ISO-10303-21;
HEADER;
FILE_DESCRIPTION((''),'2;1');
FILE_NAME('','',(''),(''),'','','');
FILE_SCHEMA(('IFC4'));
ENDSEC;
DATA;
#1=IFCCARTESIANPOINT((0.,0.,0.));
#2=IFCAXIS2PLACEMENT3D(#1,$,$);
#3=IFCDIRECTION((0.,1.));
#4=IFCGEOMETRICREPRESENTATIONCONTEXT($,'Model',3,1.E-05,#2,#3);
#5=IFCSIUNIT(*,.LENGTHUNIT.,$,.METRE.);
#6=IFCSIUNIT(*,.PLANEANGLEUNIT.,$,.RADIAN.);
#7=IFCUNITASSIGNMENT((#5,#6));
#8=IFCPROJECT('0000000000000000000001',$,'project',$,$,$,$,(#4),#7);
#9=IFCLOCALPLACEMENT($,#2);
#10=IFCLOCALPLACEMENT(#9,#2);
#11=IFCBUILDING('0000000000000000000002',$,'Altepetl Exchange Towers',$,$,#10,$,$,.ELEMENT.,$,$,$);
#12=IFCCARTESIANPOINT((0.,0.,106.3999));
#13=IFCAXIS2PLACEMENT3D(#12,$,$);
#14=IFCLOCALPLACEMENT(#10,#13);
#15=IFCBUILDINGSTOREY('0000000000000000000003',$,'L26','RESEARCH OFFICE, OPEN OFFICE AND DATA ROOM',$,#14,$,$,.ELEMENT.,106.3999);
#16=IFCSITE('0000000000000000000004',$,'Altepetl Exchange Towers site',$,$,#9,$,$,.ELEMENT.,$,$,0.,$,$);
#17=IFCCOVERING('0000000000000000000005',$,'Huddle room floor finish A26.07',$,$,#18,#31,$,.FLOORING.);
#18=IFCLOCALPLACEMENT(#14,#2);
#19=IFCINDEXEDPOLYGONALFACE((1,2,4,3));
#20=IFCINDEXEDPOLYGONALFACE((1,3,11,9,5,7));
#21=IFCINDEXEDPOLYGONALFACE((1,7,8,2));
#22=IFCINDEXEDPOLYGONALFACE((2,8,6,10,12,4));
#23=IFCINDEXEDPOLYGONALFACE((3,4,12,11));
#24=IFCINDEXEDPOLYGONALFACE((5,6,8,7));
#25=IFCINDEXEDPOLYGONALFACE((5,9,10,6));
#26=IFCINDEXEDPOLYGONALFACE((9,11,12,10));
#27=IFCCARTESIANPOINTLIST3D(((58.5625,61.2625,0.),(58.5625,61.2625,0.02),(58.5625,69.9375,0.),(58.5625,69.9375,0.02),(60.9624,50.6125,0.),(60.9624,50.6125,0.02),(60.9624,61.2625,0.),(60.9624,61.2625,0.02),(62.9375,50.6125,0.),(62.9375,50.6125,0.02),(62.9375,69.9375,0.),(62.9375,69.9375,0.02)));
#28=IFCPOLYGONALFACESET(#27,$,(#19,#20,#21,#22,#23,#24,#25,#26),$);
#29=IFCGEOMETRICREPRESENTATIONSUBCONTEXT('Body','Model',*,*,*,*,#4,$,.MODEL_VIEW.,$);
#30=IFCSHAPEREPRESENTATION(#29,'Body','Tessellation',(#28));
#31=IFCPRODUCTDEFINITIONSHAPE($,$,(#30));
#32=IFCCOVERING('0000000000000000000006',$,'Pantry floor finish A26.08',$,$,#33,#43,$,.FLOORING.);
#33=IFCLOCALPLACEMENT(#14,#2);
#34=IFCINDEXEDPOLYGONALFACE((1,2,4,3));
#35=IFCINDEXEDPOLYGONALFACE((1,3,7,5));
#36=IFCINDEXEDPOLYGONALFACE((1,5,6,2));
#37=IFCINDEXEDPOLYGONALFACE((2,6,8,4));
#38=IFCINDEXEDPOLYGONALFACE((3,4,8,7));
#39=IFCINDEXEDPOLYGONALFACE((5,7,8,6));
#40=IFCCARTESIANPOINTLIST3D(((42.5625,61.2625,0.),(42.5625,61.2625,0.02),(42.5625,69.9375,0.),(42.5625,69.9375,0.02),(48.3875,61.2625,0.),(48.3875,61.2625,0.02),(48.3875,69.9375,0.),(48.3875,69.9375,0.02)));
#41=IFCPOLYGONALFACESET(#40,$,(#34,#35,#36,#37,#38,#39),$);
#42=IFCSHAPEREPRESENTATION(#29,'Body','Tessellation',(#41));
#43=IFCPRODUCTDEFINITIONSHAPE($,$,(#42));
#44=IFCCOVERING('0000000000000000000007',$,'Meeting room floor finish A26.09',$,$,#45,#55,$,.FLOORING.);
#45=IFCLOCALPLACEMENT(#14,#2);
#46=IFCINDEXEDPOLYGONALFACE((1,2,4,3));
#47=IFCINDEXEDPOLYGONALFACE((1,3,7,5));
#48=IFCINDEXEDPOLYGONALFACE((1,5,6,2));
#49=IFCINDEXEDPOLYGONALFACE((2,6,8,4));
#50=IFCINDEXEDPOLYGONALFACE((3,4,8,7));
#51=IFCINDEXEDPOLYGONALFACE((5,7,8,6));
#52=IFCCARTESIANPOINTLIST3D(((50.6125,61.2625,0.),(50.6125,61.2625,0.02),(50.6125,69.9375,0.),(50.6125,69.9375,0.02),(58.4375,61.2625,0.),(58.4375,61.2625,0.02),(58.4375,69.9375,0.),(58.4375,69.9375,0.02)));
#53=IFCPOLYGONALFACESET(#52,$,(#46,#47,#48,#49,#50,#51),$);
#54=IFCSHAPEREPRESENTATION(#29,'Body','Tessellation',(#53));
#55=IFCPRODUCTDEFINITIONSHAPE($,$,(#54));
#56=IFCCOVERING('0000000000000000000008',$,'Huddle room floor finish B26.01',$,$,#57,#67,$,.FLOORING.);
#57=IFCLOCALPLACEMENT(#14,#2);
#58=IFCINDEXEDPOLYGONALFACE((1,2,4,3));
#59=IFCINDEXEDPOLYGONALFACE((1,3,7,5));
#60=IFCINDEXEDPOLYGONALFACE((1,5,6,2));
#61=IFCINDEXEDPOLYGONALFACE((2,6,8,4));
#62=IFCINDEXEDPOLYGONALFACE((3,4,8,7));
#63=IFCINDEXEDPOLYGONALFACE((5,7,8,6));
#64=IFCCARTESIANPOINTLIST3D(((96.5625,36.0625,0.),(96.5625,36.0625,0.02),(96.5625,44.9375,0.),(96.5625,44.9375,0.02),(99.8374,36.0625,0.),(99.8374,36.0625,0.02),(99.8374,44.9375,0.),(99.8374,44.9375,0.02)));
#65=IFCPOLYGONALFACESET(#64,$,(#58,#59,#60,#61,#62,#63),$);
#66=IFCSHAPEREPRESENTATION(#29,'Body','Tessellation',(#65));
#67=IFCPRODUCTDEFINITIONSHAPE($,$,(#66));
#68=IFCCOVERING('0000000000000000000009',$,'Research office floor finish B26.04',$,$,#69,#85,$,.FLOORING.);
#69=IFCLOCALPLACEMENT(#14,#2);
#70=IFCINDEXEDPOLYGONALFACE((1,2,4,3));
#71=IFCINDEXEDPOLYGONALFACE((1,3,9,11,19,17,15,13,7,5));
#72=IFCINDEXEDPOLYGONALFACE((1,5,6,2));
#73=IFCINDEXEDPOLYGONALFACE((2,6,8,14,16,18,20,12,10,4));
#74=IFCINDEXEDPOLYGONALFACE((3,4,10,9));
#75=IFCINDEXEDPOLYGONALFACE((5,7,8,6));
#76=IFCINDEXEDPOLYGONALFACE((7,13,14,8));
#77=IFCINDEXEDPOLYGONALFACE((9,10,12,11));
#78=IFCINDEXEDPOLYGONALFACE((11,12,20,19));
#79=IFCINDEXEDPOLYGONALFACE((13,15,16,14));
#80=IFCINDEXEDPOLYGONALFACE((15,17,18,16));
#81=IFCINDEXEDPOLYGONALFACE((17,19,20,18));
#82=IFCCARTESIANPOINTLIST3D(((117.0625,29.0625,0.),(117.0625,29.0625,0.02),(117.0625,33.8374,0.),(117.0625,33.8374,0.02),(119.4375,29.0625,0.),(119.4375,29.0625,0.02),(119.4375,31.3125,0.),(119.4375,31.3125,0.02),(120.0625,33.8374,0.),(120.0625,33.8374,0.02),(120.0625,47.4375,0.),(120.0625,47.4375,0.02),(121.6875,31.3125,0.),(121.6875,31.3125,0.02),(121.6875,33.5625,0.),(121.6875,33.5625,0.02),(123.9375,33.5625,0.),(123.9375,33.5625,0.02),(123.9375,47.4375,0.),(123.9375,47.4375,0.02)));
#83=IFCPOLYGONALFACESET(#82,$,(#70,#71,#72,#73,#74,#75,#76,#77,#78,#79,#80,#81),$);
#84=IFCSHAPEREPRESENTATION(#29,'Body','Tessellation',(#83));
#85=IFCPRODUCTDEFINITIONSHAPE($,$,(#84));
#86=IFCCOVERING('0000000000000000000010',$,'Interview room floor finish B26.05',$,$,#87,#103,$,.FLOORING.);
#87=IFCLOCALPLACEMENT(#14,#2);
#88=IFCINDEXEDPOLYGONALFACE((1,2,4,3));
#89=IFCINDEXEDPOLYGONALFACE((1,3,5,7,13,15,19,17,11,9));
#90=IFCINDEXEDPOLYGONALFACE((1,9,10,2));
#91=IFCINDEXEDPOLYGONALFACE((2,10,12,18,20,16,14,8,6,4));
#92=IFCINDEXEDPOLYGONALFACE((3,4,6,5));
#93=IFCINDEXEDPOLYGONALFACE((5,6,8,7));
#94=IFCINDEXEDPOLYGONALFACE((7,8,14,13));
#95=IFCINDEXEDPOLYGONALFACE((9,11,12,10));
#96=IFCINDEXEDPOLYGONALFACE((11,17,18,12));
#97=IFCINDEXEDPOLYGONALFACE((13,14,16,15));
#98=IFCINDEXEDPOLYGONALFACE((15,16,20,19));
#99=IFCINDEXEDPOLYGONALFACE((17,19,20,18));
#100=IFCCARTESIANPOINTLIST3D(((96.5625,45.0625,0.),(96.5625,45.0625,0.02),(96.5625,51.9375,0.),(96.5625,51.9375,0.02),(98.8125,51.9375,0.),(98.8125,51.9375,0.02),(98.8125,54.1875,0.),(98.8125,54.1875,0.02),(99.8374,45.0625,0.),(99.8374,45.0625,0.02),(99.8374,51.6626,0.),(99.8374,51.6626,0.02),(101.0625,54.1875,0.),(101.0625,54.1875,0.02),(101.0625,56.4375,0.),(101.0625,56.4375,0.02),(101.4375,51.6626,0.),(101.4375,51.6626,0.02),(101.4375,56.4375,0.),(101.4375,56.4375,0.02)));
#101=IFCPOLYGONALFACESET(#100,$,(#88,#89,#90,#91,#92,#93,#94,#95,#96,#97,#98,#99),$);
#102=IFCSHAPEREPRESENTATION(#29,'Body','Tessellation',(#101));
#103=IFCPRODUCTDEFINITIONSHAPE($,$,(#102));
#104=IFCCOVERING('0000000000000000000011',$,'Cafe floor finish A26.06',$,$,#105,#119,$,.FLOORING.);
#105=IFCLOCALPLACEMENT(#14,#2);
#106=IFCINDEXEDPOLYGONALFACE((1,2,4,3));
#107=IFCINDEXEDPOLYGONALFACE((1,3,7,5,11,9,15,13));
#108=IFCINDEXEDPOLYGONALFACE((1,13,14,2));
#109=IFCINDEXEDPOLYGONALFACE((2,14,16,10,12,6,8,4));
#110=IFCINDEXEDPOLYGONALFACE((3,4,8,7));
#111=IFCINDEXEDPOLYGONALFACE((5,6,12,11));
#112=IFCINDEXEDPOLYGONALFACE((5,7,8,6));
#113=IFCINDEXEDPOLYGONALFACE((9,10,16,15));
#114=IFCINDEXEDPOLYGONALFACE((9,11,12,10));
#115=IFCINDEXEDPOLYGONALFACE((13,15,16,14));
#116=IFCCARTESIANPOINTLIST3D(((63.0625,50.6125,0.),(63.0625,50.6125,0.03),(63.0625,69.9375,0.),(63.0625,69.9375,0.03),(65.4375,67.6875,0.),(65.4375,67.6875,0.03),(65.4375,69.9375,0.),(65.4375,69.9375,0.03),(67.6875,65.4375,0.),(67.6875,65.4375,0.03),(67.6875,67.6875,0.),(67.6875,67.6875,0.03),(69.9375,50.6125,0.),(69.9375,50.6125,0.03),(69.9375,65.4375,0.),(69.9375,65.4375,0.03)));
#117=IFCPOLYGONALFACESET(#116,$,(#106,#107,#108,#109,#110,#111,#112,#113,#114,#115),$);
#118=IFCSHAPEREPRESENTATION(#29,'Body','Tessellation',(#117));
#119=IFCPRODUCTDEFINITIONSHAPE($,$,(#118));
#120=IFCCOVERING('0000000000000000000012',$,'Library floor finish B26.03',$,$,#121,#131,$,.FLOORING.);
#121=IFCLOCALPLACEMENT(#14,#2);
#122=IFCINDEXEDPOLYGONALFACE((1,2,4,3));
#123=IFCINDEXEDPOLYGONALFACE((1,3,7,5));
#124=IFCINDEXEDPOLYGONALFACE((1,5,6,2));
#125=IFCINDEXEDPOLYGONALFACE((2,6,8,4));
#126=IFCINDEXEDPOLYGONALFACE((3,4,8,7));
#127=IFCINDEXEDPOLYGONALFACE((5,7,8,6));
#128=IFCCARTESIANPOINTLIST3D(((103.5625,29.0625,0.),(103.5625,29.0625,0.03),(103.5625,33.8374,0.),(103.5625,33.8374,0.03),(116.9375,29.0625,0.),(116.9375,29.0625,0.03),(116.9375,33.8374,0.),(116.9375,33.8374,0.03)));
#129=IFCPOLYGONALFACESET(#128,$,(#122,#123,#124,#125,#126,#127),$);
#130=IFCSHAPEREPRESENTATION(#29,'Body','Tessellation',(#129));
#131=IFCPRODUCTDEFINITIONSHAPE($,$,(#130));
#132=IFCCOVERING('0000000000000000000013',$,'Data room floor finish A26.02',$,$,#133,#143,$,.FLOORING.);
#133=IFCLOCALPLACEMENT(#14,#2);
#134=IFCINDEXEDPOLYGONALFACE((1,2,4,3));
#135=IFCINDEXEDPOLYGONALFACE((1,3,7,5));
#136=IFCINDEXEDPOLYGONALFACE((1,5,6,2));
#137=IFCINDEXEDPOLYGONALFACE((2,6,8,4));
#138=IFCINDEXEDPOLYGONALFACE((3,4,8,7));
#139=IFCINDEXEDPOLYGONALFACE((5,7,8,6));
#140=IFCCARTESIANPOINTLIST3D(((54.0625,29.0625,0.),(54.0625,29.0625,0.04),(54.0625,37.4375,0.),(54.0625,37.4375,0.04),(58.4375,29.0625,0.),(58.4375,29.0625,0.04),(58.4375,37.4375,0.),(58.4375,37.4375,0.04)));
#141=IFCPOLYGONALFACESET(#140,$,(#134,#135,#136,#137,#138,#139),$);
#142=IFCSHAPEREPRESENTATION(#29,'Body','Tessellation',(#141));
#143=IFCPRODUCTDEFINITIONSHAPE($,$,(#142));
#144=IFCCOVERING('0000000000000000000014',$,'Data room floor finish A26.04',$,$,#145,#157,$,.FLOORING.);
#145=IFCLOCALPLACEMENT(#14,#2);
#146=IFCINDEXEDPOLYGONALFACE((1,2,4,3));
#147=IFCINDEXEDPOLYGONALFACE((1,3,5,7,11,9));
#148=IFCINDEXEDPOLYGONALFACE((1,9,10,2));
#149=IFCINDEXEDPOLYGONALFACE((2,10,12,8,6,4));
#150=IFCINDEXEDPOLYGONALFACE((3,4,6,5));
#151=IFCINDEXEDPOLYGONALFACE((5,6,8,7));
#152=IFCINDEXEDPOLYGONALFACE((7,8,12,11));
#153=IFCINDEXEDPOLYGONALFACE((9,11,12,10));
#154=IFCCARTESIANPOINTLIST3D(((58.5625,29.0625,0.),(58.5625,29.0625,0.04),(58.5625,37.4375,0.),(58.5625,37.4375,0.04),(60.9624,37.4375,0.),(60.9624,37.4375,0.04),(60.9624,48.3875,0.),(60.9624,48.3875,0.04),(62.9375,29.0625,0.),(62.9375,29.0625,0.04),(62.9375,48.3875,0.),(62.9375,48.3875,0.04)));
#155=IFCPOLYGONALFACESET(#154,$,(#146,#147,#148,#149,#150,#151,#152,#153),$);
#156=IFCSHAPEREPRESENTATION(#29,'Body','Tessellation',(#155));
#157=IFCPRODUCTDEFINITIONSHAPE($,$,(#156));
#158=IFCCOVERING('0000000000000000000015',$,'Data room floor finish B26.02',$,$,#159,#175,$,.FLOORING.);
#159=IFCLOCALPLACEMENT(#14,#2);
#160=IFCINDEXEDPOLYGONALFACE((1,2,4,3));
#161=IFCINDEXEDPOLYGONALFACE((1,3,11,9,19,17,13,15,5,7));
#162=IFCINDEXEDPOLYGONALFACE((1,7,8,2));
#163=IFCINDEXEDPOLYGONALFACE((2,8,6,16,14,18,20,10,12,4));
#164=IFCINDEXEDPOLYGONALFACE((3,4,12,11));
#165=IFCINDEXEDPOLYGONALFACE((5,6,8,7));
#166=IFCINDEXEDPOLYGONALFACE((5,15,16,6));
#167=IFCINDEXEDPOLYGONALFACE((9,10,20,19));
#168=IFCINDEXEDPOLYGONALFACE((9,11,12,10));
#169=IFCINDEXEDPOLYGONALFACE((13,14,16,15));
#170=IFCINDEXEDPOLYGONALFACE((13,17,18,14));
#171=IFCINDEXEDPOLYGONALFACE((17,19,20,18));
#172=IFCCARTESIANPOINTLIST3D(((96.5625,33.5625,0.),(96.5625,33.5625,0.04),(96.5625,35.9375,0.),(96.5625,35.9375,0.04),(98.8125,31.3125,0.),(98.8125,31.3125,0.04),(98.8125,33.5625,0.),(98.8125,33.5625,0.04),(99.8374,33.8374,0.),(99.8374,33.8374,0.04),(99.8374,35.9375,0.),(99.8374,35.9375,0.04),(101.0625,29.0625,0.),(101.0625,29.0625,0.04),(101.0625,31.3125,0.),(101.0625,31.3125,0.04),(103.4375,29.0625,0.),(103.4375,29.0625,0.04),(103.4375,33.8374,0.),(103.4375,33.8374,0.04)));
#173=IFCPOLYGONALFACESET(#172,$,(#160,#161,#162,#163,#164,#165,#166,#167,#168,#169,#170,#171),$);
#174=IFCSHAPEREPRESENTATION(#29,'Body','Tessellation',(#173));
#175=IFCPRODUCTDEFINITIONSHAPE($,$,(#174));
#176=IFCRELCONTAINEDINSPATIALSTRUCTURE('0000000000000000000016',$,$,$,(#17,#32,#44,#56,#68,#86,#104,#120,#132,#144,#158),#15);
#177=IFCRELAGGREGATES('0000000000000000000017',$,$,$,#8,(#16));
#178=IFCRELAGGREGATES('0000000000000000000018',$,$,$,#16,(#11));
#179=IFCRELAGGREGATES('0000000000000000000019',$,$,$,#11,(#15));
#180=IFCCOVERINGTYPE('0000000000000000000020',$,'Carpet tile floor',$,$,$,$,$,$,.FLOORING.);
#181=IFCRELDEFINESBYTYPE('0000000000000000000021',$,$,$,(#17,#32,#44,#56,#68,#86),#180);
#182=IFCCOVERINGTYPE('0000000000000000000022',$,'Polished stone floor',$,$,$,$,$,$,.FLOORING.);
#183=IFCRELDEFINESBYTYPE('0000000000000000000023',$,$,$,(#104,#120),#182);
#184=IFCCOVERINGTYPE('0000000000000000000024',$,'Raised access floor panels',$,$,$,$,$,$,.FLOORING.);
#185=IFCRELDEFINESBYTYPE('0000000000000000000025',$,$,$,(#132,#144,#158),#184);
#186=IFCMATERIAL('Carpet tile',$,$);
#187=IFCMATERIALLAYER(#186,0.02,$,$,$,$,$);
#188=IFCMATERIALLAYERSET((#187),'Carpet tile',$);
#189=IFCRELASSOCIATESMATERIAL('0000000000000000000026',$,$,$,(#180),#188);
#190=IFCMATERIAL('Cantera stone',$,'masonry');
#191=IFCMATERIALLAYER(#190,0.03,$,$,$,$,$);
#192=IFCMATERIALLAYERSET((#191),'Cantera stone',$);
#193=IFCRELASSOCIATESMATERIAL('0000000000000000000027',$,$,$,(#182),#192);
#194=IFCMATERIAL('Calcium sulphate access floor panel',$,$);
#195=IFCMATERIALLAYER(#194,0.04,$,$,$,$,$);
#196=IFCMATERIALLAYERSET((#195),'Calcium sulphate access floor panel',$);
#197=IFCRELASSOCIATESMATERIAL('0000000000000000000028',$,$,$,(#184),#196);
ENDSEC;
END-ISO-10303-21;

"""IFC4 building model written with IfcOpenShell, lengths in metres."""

from ifc_helpers import new_model, si_unit, direction, frame, origin, place, context, subcontext, project, spatial, polyline, outline, extrude, material, layer, layer_set, type_object, element, save


model = new_model("IFC4")

# Units and contexts
model_context = context("Model", 3, precision=1e-05, world=origin(), true_north=direction((0.0, 1.0)))
body_context = subcontext(model_context, "Body", "Model", "MODEL_VIEW")
ifc_project = project(units=[si_unit("LENGTHUNIT", "METRE"), si_unit("PLANEANGLEUNIT", "RADIAN")], contexts=[model_context])

# Site, building, storey
site_placement = place(None, origin())
site = spatial("IfcSite", under=ifc_project, at=site_placement, Name="Altepetl Exchange Towers site", CompositionType="ELEMENT", RefElevation=0.0)
building_placement = place(site_placement, origin())
building = spatial("IfcBuilding", under=site, at=building_placement, Name="Altepetl Exchange Towers", CompositionType="ELEMENT")
storey_placement = place(building_placement, frame((0.0, 0.0, 106.3999)))
storey = spatial("IfcBuildingStorey", under=building, at=storey_placement, Name="L26", Description="RESEARCH OFFICE, OPEN OFFICE AND DATA ROOM", CompositionType="ELEMENT", Elevation=106.3999)

# Coverings
ifc_material_1 = material(Name="Carpet tile")
ifc_layer_1 = layer(ifc_material_1, 0.02)
ifc_layer_set_1 = layer_set([ifc_layer_1], Name="Carpet tile")
covering_type_1 = type_object("IfcCoveringType", Name="Carpet tile floor", PredefinedType="FLOORING", material=ifc_layer_set_1)
covering_1_placement = place(storey_placement, origin())
element("IfcCovering", 1, at=covering_1_placement, inside=storey, type_object=covering_type_1, Name="Huddle room floor finish A26.07", PredefinedType="FLOORING", context=body_context, shape_type="SweptSolid", body=[
    extrude(outline(polyline([(62.9375, 50.6125), (62.9375, 69.9375), (58.5625, 69.9375), (58.5625, 61.2625), (60.9624, 61.2625), (60.9624, 50.6125), (62.9375, 50.6125)])), origin(), (0.0, 0.0, 1.0), 0.02),
])
covering_2_placement = place(storey_placement, origin())
element("IfcCovering", 2, at=covering_2_placement, inside=storey, type_object=covering_type_1, Name="Pantry floor finish A26.08", PredefinedType="FLOORING", context=body_context, shape_type="SweptSolid", body=[
    extrude(outline(polyline([(42.5625, 61.2625), (48.3875, 61.2625), (48.3875, 69.9375), (42.5625, 69.9375), (42.5625, 61.2625)])), origin(), (0.0, 0.0, 1.0), 0.02),
])
covering_3_placement = place(storey_placement, origin())
element("IfcCovering", 3, at=covering_3_placement, inside=storey, type_object=covering_type_1, Name="Meeting room floor finish A26.09", PredefinedType="FLOORING", context=body_context, shape_type="SweptSolid", body=[
    extrude(outline(polyline([(58.4375, 61.2625), (58.4375, 69.9375), (50.6125, 69.9375), (50.6125, 61.2625), (58.4375, 61.2625)])), origin(), (0.0, 0.0, 1.0), 0.02),
])
covering_4_placement = place(storey_placement, origin())
element("IfcCovering", 4, at=covering_4_placement, inside=storey, type_object=covering_type_1, Name="Huddle room floor finish B26.01", PredefinedType="FLOORING", context=body_context, shape_type="SweptSolid", body=[
    extrude(outline(polyline([(99.8374, 44.9375), (96.5625, 44.9375), (96.5625, 36.0625), (99.8374, 36.0625), (99.8374, 44.9375)])), origin(), (0.0, 0.0, 1.0), 0.02),
])
covering_5_placement = place(storey_placement, origin())
element("IfcCovering", 5, at=covering_5_placement, inside=storey, type_object=covering_type_1, Name="Research office floor finish B26.04", PredefinedType="FLOORING", context=body_context, shape_type="SweptSolid", body=[
    extrude(outline(polyline([(117.0625, 33.8374), (117.0625, 29.0625), (119.4375, 29.0625), (119.4375, 31.3125), (121.6875, 31.3125), (121.6875, 33.5625), (123.9375, 33.5625), (123.9375, 47.4375), (120.0625, 47.4375), (120.0625, 33.8374), (117.0625, 33.8374)])), origin(), (0.0, 0.0, 1.0), 0.02),
])
covering_6_placement = place(storey_placement, origin())
element("IfcCovering", 6, at=covering_6_placement, inside=storey, type_object=covering_type_1, Name="Interview room floor finish B26.05", PredefinedType="FLOORING", context=body_context, shape_type="SweptSolid", body=[
    extrude(outline(polyline([(101.0625, 54.1875), (98.8125, 54.1875), (98.8125, 51.9375), (96.5625, 51.9375), (96.5625, 45.0625), (99.8374, 45.0625), (99.8374, 51.6626), (101.4375, 51.6626), (101.4375, 56.4375), (101.0625, 56.4375), (101.0625, 54.1875)])), origin(), (0.0, 0.0, 1.0), 0.02),
])
ifc_material_2 = material(Name="Cantera stone", Category="masonry")
ifc_layer_2 = layer(ifc_material_2, 0.03)
ifc_layer_set_2 = layer_set([ifc_layer_2], Name="Cantera stone")
covering_type_2 = type_object("IfcCoveringType", Name="Polished stone floor", PredefinedType="FLOORING", material=ifc_layer_set_2)
covering_7_placement = place(storey_placement, origin())
element("IfcCovering", 7, at=covering_7_placement, inside=storey, type_object=covering_type_2, Name="Cafe floor finish A26.06", PredefinedType="FLOORING", context=body_context, shape_type="SweptSolid", body=[
    extrude(outline(polyline([(67.6875, 67.6875), (65.4375, 67.6875), (65.4375, 69.9375), (63.0625, 69.9375), (63.0625, 50.6125), (69.9375, 50.6125), (69.9375, 65.4375), (67.6875, 65.4375), (67.6875, 67.6875)])), origin(), (0.0, 0.0, 1.0), 0.03),
])
covering_8_placement = place(storey_placement, origin())
element("IfcCovering", 8, at=covering_8_placement, inside=storey, type_object=covering_type_2, Name="Library floor finish B26.03", PredefinedType="FLOORING", context=body_context, shape_type="SweptSolid", body=[
    extrude(outline(polyline([(103.5625, 33.8374), (103.5625, 29.0625), (116.9375, 29.0625), (116.9375, 33.8374), (103.5625, 33.8374)])), origin(), (0.0, 0.0, 1.0), 0.03),
])
ifc_material_3 = material(Name="Calcium sulphate access floor panel")
ifc_layer_3 = layer(ifc_material_3, 0.04)
ifc_layer_set_3 = layer_set([ifc_layer_3], Name="Calcium sulphate access floor panel")
covering_type_3 = type_object("IfcCoveringType", Name="Raised access floor panels", PredefinedType="FLOORING", material=ifc_layer_set_3)
covering_9_placement = place(storey_placement, origin())
element("IfcCovering", 9, at=covering_9_placement, inside=storey, type_object=covering_type_3, Name="Data room floor finish A26.02", PredefinedType="FLOORING", context=body_context, shape_type="SweptSolid", body=[
    extrude(outline(polyline([(58.4375, 29.0625), (58.4375, 37.4375), (54.0625, 37.4375), (54.0625, 29.0625), (58.4375, 29.0625)])), origin(), (0.0, 0.0, 1.0), 0.04),
])
covering_10_placement = place(storey_placement, origin())
element("IfcCovering", 10, at=covering_10_placement, inside=storey, type_object=covering_type_3, Name="Data room floor finish A26.04", PredefinedType="FLOORING", context=body_context, shape_type="SweptSolid", body=[
    extrude(outline(polyline([(62.9375, 29.0625), (62.9375, 48.3875), (60.9624, 48.3875), (60.9624, 37.4375), (58.5625, 37.4375), (58.5625, 29.0625), (62.9375, 29.0625)])), origin(), (0.0, 0.0, 1.0), 0.04),
])
covering_11_placement = place(storey_placement, origin())
element("IfcCovering", 11, at=covering_11_placement, inside=storey, type_object=covering_type_3, Name="Data room floor finish B26.02", PredefinedType="FLOORING", context=body_context, shape_type="SweptSolid", body=[
    extrude(outline(polyline([(99.8374, 35.9375), (96.5625, 35.9375), (96.5625, 33.5625), (98.8125, 33.5625), (98.8125, 31.3125), (101.0625, 31.3125), (101.0625, 29.0625), (103.4375, 29.0625), (103.4375, 33.8374), (99.8374, 33.8374), (99.8374, 35.9375)])), origin(), (0.0, 0.0, 1.0), 0.04),
])

save(model, "model.ifc")
